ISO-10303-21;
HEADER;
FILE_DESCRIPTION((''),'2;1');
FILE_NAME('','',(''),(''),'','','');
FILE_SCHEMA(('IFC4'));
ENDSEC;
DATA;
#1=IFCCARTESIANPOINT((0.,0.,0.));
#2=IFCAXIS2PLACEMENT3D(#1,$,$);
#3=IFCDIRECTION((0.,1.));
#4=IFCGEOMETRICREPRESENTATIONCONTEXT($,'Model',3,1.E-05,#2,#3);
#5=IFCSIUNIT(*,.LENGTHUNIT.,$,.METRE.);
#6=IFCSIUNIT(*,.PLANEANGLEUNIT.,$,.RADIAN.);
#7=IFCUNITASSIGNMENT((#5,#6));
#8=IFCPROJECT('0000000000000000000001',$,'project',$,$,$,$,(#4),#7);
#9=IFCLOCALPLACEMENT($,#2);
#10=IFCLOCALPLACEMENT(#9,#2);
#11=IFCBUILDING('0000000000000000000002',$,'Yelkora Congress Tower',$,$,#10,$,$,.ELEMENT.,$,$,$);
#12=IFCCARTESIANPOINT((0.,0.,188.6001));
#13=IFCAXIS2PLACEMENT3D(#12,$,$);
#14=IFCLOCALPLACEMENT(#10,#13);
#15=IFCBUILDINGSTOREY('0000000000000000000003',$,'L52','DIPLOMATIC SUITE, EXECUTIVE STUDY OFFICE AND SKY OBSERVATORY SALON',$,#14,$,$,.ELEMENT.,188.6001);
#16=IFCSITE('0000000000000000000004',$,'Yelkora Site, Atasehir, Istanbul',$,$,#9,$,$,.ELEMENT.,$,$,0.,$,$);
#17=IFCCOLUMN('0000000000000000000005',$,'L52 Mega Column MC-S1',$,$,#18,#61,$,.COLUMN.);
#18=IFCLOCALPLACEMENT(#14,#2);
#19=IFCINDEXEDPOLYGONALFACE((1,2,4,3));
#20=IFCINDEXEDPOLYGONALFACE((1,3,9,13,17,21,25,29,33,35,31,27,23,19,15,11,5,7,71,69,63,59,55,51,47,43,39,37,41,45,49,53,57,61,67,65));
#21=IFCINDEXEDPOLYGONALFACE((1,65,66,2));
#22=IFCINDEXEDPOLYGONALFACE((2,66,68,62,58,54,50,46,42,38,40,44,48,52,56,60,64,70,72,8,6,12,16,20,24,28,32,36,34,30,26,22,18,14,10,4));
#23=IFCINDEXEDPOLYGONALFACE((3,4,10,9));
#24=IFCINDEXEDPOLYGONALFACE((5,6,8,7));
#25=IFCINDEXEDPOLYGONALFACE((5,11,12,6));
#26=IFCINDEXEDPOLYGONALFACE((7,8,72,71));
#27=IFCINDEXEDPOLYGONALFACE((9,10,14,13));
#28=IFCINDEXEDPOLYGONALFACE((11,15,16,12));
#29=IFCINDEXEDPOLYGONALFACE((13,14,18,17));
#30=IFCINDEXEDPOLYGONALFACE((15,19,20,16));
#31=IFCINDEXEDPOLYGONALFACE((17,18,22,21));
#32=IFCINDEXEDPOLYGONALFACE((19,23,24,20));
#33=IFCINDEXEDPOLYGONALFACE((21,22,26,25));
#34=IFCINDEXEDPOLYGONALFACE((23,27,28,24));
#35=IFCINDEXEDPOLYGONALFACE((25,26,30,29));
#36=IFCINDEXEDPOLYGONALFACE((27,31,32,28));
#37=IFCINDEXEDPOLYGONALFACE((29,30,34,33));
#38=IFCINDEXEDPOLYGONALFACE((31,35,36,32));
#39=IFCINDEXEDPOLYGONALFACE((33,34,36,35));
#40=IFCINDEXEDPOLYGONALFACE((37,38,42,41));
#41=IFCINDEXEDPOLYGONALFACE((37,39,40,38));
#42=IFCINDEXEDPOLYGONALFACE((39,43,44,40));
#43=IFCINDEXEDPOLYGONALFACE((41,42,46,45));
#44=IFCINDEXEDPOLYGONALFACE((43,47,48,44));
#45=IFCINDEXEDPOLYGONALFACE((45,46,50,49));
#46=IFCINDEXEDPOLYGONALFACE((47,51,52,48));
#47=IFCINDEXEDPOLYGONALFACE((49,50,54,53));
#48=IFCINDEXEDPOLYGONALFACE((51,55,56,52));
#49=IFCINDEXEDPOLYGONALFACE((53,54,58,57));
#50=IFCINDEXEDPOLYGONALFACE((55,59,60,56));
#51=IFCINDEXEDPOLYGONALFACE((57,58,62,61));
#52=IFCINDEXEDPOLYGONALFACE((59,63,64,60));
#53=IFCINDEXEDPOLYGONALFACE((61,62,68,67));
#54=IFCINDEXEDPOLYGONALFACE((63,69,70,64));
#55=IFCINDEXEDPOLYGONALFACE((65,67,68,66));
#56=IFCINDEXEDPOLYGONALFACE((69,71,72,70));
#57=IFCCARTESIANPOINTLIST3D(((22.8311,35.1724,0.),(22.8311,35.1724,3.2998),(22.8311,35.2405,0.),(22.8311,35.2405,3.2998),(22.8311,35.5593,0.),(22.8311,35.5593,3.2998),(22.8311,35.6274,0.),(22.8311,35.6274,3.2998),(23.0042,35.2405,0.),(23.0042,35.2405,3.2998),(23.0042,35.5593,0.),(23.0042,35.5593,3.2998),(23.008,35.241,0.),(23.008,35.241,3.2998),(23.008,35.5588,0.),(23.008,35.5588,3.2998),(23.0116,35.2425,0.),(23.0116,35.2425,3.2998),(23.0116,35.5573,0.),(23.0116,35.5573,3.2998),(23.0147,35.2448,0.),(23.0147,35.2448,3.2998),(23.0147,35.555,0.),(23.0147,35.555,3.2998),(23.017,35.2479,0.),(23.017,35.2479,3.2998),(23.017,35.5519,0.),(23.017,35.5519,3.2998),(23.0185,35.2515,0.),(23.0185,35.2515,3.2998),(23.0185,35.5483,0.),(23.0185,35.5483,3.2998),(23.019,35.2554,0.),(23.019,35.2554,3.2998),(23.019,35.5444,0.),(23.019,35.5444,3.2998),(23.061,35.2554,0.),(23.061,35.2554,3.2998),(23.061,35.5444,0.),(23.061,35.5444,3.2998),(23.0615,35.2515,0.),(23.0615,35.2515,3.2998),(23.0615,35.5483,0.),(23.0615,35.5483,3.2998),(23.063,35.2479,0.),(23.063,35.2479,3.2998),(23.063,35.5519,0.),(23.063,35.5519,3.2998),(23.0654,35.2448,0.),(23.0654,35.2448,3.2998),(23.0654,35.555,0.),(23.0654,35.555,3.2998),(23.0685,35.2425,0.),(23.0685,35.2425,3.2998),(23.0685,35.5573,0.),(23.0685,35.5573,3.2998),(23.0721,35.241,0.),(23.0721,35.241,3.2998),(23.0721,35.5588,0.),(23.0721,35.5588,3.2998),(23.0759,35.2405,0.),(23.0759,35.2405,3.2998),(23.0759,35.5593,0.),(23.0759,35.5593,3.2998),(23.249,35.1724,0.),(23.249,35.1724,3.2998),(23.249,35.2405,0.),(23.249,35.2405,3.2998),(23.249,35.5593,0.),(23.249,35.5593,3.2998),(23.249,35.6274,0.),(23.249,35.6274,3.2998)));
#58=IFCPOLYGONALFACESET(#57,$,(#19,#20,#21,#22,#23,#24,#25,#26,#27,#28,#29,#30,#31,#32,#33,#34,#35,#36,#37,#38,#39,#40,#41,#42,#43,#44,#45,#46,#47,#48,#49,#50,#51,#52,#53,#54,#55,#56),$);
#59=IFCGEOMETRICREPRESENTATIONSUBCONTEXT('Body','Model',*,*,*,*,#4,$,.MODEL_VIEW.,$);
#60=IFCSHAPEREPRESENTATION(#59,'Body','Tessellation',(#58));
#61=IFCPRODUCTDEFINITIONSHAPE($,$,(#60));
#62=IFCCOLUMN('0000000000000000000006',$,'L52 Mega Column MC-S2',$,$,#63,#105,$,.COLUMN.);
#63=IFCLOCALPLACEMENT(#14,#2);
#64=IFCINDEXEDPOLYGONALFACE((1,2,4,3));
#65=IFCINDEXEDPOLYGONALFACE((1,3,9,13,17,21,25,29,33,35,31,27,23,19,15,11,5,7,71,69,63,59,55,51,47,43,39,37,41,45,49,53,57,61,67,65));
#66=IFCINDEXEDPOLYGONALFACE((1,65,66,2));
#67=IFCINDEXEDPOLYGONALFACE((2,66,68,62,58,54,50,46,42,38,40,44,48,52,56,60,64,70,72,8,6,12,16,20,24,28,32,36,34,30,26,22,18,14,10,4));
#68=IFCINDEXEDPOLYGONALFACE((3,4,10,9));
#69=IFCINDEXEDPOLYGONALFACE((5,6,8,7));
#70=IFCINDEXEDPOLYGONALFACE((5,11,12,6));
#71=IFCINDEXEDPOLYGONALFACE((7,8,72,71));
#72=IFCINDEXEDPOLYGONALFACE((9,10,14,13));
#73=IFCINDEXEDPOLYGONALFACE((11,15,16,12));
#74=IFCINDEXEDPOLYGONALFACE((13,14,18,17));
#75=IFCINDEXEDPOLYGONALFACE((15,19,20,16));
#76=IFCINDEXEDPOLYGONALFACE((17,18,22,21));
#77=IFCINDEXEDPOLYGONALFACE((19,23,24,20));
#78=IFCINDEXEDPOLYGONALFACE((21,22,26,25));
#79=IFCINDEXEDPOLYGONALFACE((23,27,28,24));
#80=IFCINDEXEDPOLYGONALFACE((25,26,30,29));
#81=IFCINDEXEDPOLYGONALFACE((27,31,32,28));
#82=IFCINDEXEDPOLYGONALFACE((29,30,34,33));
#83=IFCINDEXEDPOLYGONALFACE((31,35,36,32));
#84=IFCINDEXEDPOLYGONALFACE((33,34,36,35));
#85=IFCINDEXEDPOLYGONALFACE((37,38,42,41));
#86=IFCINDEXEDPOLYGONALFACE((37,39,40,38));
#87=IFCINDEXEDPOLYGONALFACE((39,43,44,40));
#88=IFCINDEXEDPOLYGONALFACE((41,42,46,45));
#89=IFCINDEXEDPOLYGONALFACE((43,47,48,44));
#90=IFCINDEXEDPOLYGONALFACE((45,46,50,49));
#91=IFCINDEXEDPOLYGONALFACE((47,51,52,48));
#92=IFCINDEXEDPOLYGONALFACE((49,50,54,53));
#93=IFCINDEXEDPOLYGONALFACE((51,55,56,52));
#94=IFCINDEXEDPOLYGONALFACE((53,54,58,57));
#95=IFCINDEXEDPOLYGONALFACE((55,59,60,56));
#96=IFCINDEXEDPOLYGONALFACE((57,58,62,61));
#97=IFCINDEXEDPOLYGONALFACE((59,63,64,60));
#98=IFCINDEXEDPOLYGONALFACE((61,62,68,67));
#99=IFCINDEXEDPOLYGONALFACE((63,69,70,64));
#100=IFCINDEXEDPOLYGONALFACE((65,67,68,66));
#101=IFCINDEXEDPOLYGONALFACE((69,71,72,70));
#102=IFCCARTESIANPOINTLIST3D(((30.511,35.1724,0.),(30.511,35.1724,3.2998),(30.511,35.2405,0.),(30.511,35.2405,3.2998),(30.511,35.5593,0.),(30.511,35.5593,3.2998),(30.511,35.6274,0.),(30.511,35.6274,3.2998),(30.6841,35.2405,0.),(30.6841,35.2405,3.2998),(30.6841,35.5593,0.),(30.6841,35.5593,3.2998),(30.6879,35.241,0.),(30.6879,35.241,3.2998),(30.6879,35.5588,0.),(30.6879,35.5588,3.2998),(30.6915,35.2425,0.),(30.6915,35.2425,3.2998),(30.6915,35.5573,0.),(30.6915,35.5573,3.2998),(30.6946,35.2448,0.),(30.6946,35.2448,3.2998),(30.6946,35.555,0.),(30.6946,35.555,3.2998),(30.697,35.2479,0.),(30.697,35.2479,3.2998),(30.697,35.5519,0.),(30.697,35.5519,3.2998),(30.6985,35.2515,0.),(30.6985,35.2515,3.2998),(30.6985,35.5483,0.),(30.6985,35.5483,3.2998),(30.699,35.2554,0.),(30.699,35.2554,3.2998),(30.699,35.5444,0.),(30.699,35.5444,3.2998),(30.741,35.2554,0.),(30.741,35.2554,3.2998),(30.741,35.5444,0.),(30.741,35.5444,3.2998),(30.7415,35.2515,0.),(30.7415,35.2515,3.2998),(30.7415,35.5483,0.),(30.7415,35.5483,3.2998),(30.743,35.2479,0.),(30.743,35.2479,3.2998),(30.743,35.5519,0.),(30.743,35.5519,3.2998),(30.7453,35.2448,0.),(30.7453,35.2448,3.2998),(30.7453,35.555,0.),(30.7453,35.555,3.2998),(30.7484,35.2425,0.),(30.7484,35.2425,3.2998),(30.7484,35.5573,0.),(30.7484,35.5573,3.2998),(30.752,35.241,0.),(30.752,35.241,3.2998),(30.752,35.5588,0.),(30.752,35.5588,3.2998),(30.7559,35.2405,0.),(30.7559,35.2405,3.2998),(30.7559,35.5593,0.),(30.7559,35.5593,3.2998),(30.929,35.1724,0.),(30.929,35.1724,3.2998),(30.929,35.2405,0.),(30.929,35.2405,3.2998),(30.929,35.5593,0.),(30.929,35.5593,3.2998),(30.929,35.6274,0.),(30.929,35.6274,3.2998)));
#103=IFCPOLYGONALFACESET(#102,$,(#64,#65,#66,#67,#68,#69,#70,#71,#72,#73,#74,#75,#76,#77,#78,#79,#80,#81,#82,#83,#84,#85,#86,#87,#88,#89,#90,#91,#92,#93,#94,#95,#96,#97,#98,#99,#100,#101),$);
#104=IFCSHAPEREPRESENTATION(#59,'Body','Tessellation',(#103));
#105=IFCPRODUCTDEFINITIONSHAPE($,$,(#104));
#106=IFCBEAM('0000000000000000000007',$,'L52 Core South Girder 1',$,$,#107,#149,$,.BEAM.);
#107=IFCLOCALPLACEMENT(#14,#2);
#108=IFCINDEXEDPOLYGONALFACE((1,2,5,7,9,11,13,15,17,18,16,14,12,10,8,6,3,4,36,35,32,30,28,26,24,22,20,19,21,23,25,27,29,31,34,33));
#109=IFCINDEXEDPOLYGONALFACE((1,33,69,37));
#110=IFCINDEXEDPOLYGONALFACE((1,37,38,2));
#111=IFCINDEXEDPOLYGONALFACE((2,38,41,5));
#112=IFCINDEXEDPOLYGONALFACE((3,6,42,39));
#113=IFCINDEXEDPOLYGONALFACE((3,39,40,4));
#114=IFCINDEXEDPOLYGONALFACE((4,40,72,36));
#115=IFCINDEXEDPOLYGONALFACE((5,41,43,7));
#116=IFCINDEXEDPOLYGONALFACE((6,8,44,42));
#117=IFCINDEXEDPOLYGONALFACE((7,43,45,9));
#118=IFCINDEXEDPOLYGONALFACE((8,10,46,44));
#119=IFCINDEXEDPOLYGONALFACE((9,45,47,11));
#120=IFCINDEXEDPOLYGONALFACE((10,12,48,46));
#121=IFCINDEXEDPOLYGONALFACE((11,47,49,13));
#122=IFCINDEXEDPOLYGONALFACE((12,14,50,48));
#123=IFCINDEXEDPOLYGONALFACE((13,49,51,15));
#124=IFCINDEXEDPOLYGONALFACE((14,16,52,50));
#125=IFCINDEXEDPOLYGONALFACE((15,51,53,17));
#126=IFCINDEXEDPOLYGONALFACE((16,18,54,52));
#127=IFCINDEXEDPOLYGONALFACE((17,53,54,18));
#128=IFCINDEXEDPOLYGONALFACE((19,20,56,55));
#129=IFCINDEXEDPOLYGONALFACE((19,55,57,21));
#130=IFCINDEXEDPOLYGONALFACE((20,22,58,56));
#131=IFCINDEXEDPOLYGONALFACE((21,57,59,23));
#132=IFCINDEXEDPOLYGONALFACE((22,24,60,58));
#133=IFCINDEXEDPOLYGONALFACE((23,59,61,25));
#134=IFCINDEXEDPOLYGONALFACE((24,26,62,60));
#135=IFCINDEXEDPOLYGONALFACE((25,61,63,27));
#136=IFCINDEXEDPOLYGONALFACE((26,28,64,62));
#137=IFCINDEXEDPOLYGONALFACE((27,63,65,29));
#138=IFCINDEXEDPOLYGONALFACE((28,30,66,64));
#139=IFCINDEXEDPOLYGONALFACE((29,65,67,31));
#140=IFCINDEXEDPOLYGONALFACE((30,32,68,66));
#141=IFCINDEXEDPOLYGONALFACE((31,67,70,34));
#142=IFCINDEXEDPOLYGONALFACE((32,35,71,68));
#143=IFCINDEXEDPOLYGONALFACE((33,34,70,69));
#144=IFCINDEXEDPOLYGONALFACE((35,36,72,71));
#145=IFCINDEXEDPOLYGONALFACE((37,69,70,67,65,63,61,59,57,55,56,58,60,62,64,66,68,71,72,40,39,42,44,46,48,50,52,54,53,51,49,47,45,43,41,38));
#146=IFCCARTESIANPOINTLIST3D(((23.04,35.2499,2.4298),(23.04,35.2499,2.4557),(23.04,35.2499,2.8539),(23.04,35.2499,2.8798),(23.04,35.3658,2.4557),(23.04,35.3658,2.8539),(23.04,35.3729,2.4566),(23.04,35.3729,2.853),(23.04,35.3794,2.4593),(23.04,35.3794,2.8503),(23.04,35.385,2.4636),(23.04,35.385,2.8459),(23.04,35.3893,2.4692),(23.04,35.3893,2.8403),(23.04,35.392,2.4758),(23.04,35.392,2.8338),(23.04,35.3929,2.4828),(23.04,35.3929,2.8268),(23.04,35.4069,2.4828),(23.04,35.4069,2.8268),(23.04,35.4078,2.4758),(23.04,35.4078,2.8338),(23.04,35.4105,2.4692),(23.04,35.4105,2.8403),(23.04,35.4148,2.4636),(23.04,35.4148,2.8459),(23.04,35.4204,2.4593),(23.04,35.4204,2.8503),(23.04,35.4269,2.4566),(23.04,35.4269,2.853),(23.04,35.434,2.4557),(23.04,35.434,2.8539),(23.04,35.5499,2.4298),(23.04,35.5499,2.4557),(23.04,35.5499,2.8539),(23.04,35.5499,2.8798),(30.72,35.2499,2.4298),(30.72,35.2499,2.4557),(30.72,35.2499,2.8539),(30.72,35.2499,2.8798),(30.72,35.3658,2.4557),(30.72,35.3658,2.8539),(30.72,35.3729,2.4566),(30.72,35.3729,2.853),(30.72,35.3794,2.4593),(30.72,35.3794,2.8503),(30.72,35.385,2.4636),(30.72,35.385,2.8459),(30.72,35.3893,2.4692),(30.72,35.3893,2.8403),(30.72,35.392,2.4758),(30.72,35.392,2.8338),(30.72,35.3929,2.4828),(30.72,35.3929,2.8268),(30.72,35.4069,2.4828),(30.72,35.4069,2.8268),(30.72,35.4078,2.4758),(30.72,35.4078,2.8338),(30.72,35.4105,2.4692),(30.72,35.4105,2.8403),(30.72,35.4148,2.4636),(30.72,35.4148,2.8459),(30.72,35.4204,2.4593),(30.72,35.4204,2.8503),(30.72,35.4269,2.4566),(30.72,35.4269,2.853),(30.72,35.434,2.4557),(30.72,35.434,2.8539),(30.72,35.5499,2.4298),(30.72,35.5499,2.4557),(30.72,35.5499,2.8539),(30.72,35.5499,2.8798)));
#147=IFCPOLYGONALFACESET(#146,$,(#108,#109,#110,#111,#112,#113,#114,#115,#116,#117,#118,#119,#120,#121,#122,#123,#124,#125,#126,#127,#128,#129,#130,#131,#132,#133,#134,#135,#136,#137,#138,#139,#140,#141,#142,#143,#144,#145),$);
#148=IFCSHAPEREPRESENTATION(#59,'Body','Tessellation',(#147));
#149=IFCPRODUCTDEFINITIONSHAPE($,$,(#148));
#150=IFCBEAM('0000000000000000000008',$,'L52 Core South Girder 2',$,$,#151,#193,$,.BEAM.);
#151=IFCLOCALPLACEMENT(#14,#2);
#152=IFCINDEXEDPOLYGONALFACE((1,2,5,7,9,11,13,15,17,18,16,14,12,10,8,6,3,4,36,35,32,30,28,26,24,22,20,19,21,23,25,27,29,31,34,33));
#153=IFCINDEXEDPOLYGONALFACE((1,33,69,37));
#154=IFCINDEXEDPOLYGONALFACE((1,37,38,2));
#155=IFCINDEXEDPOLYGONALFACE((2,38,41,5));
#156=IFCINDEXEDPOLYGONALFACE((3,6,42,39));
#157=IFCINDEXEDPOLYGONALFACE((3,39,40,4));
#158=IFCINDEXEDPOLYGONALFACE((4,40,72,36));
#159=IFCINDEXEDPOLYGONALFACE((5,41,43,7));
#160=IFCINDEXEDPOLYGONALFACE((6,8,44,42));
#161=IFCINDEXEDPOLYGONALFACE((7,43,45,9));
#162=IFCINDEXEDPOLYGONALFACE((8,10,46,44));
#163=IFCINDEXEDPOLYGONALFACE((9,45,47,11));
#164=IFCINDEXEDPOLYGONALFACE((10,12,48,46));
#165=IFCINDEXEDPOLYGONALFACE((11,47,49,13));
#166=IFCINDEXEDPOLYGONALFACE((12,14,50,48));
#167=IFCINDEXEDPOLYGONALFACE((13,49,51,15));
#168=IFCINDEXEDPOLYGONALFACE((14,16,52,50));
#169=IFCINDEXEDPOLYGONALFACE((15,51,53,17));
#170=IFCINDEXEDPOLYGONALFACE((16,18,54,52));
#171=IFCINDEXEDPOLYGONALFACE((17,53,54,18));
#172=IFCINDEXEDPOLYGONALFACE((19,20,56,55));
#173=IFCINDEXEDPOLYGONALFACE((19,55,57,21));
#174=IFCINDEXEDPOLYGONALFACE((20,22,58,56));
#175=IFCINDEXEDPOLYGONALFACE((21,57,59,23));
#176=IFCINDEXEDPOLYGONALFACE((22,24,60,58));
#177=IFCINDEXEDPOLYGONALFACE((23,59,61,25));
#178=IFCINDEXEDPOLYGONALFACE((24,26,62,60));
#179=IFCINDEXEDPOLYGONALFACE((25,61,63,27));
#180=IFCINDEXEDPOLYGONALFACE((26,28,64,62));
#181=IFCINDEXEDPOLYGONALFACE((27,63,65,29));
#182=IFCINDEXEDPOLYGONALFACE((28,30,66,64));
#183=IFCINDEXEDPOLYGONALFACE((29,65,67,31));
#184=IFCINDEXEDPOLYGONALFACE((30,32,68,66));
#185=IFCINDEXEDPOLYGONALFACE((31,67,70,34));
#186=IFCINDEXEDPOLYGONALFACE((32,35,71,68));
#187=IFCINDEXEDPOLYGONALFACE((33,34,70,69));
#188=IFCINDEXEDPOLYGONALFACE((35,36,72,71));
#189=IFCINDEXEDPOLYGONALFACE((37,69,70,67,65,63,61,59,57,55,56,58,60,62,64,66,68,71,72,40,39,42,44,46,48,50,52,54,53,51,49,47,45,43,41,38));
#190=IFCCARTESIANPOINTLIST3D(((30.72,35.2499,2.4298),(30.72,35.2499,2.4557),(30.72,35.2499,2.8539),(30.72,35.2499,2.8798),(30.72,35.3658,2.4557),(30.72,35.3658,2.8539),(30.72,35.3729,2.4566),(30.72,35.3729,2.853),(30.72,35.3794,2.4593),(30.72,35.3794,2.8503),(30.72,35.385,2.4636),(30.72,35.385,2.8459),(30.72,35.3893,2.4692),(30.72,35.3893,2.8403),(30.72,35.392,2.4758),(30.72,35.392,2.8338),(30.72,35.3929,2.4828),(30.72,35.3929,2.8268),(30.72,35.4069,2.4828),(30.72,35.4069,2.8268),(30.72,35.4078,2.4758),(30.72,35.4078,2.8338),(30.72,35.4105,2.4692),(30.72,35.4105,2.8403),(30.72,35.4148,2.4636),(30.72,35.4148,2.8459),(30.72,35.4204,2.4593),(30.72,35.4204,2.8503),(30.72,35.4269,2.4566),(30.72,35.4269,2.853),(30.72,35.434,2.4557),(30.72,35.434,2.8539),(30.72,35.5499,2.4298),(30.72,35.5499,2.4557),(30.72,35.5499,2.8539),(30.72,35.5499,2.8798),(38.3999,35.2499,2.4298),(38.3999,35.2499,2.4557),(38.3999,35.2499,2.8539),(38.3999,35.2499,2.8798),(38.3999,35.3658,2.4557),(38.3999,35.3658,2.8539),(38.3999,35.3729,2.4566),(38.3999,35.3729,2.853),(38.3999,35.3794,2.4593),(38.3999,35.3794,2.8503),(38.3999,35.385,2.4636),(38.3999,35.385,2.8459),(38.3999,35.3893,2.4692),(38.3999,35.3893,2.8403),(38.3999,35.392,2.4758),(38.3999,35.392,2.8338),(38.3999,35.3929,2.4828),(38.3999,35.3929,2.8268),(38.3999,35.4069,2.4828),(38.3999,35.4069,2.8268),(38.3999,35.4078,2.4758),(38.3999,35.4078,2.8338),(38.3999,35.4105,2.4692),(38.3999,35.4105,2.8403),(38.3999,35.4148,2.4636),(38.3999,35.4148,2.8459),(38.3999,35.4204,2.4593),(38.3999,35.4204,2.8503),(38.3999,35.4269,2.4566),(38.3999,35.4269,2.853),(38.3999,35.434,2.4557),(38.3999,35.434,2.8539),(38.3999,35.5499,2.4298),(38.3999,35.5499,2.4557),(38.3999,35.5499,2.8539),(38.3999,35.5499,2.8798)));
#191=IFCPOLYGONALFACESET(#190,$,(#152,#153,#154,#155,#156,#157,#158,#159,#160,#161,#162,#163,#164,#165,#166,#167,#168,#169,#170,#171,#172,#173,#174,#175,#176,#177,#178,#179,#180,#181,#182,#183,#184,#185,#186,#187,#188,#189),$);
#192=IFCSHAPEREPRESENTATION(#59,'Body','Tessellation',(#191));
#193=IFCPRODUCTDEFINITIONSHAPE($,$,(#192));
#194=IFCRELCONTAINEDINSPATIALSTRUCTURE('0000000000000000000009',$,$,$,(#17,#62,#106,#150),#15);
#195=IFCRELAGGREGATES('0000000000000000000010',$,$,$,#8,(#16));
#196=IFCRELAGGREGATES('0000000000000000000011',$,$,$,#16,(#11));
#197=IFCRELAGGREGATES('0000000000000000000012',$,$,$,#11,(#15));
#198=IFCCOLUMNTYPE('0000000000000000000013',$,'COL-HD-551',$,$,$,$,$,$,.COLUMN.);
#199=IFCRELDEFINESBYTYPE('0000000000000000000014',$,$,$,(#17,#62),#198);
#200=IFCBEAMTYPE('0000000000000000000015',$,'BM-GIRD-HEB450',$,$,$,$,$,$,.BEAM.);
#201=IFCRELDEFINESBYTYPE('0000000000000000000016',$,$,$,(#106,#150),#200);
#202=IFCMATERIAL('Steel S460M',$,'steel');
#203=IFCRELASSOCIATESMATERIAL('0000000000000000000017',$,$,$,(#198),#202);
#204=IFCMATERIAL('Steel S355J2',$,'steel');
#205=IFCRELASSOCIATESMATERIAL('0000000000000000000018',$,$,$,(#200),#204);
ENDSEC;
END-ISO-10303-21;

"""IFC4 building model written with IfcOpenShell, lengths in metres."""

from ifc_helpers import new_model, si_unit, direction, frame, origin, origin_2d, place, context, subcontext, project, spatial, i_section, extrude, material, material_profile, profile_set, type_object, element, save


model = new_model("IFC4")

# Units and contexts
model_context = context("Model", 3, precision=1e-05, world=origin(), true_north=direction((0.0, 1.0)))
body_context = subcontext(model_context, "Body", "Model", "MODEL_VIEW")
ifc_project = project(units=[si_unit("LENGTHUNIT", "METRE"), si_unit("PLANEANGLEUNIT", "RADIAN")], contexts=[model_context])

# Site, building, storey
site_placement = place(None, origin())
site = spatial("IfcSite", under=ifc_project, at=site_placement, Name="Yelkora Site, Atasehir, Istanbul", CompositionType="ELEMENT", RefElevation=0.0)
building_placement = place(site_placement, origin())
building = spatial("IfcBuilding", under=site, at=building_placement, Name="Yelkora Congress Tower", CompositionType="ELEMENT")
storey_placement = place(building_placement, frame((0.0, 0.0, 188.6001)))
storey = spatial("IfcBuildingStorey", under=building, at=storey_placement, Name="L52", Description="DIPLOMATIC SUITE, EXECUTIVE STUDY OFFICE AND SKY OBSERVATORY SALON", CompositionType="ELEMENT", Elevation=188.6001)

# Columns
ifc_material_1 = material(Name="Steel S460M", Category="steel")
ifc_material_profile_1 = material_profile(ifc_material_1, i_section(OverallWidth=0.418, OverallDepth=0.4551, WebThickness=0.042, FlangeThickness=0.0681, FilletRadius=0.0149, at=origin_2d()), Name="HD 400x551")
ifc_profile_set_1 = profile_set([ifc_material_profile_1], Name="Steel S460M")
column_type = type_object("IfcColumnType", Name="COL-HD-551", PredefinedType="COLUMN", material=ifc_profile_set_1)
for number, where, z_axis, x_axis, name in (
    (1, (23.04, 35.3999, 0.0), (0.0, 0.0, 1.0), (1.0, 0.0, 0.0), "L52 Mega Column MC-S1"),
    (2, (30.72, 35.3999, 0.0), (0.0, 0.0, 1.0), (1.0, 0.0, 0.0), "L52 Mega Column MC-S2"),
):
    element("IfcColumn", number, at=place(storey_placement, frame(where, z_axis=z_axis, x_axis=x_axis)), inside=storey, type_object=column_type, Name=name, PredefinedType="COLUMN", context=body_context, shape_type="SweptSolid", body=[
        extrude(i_section(OverallWidth=0.418, OverallDepth=0.4551, WebThickness=0.042, FlangeThickness=0.0681, FilletRadius=0.0149, at=origin_2d()), origin(), (0.0, 0.0, 1.0), 3.2998),
    ])

# Beams
ifc_material_2 = material(Name="Steel S355J2", Category="steel")
ifc_material_profile_2 = material_profile(ifc_material_2, i_section(OverallWidth=0.3, OverallDepth=0.45, WebThickness=0.0139, FlangeThickness=0.0259, FilletRadius=0.0271, at=origin_2d()), Name="HEB 450")
ifc_profile_set_2 = profile_set([ifc_material_profile_2], Name="Steel S355J2")
beam_type_1 = type_object("IfcBeamType", Name="BM-GIRD-HEB450", PredefinedType="BEAM", material=ifc_profile_set_2)
for number, where, z_axis, x_axis, name in (
    (3, (23.04, 35.3999, 2.6548), (1.0, 0.0, 0.0), (0.0, 1.0, 0.0), "L52 Core South Girder 1"),
    (4, (30.72, 35.3999, 2.6548), (1.0, 0.0, 0.0), (0.0, 1.0, 0.0), "L52 Core South Girder 2"),
):
    element("IfcBeam", number, at=place(storey_placement, frame(where, z_axis=z_axis, x_axis=x_axis)), inside=storey, type_object=beam_type_1, Name=name, PredefinedType="BEAM", context=body_context, shape_type="SweptSolid", body=[
        extrude(i_section(OverallWidth=0.3, OverallDepth=0.45, WebThickness=0.0139, FlangeThickness=0.0259, FilletRadius=0.0271, at=origin_2d()), origin(), (0.0, 0.0, 1.0), 7.6799),
    ])

save(model, "model.ifc")
